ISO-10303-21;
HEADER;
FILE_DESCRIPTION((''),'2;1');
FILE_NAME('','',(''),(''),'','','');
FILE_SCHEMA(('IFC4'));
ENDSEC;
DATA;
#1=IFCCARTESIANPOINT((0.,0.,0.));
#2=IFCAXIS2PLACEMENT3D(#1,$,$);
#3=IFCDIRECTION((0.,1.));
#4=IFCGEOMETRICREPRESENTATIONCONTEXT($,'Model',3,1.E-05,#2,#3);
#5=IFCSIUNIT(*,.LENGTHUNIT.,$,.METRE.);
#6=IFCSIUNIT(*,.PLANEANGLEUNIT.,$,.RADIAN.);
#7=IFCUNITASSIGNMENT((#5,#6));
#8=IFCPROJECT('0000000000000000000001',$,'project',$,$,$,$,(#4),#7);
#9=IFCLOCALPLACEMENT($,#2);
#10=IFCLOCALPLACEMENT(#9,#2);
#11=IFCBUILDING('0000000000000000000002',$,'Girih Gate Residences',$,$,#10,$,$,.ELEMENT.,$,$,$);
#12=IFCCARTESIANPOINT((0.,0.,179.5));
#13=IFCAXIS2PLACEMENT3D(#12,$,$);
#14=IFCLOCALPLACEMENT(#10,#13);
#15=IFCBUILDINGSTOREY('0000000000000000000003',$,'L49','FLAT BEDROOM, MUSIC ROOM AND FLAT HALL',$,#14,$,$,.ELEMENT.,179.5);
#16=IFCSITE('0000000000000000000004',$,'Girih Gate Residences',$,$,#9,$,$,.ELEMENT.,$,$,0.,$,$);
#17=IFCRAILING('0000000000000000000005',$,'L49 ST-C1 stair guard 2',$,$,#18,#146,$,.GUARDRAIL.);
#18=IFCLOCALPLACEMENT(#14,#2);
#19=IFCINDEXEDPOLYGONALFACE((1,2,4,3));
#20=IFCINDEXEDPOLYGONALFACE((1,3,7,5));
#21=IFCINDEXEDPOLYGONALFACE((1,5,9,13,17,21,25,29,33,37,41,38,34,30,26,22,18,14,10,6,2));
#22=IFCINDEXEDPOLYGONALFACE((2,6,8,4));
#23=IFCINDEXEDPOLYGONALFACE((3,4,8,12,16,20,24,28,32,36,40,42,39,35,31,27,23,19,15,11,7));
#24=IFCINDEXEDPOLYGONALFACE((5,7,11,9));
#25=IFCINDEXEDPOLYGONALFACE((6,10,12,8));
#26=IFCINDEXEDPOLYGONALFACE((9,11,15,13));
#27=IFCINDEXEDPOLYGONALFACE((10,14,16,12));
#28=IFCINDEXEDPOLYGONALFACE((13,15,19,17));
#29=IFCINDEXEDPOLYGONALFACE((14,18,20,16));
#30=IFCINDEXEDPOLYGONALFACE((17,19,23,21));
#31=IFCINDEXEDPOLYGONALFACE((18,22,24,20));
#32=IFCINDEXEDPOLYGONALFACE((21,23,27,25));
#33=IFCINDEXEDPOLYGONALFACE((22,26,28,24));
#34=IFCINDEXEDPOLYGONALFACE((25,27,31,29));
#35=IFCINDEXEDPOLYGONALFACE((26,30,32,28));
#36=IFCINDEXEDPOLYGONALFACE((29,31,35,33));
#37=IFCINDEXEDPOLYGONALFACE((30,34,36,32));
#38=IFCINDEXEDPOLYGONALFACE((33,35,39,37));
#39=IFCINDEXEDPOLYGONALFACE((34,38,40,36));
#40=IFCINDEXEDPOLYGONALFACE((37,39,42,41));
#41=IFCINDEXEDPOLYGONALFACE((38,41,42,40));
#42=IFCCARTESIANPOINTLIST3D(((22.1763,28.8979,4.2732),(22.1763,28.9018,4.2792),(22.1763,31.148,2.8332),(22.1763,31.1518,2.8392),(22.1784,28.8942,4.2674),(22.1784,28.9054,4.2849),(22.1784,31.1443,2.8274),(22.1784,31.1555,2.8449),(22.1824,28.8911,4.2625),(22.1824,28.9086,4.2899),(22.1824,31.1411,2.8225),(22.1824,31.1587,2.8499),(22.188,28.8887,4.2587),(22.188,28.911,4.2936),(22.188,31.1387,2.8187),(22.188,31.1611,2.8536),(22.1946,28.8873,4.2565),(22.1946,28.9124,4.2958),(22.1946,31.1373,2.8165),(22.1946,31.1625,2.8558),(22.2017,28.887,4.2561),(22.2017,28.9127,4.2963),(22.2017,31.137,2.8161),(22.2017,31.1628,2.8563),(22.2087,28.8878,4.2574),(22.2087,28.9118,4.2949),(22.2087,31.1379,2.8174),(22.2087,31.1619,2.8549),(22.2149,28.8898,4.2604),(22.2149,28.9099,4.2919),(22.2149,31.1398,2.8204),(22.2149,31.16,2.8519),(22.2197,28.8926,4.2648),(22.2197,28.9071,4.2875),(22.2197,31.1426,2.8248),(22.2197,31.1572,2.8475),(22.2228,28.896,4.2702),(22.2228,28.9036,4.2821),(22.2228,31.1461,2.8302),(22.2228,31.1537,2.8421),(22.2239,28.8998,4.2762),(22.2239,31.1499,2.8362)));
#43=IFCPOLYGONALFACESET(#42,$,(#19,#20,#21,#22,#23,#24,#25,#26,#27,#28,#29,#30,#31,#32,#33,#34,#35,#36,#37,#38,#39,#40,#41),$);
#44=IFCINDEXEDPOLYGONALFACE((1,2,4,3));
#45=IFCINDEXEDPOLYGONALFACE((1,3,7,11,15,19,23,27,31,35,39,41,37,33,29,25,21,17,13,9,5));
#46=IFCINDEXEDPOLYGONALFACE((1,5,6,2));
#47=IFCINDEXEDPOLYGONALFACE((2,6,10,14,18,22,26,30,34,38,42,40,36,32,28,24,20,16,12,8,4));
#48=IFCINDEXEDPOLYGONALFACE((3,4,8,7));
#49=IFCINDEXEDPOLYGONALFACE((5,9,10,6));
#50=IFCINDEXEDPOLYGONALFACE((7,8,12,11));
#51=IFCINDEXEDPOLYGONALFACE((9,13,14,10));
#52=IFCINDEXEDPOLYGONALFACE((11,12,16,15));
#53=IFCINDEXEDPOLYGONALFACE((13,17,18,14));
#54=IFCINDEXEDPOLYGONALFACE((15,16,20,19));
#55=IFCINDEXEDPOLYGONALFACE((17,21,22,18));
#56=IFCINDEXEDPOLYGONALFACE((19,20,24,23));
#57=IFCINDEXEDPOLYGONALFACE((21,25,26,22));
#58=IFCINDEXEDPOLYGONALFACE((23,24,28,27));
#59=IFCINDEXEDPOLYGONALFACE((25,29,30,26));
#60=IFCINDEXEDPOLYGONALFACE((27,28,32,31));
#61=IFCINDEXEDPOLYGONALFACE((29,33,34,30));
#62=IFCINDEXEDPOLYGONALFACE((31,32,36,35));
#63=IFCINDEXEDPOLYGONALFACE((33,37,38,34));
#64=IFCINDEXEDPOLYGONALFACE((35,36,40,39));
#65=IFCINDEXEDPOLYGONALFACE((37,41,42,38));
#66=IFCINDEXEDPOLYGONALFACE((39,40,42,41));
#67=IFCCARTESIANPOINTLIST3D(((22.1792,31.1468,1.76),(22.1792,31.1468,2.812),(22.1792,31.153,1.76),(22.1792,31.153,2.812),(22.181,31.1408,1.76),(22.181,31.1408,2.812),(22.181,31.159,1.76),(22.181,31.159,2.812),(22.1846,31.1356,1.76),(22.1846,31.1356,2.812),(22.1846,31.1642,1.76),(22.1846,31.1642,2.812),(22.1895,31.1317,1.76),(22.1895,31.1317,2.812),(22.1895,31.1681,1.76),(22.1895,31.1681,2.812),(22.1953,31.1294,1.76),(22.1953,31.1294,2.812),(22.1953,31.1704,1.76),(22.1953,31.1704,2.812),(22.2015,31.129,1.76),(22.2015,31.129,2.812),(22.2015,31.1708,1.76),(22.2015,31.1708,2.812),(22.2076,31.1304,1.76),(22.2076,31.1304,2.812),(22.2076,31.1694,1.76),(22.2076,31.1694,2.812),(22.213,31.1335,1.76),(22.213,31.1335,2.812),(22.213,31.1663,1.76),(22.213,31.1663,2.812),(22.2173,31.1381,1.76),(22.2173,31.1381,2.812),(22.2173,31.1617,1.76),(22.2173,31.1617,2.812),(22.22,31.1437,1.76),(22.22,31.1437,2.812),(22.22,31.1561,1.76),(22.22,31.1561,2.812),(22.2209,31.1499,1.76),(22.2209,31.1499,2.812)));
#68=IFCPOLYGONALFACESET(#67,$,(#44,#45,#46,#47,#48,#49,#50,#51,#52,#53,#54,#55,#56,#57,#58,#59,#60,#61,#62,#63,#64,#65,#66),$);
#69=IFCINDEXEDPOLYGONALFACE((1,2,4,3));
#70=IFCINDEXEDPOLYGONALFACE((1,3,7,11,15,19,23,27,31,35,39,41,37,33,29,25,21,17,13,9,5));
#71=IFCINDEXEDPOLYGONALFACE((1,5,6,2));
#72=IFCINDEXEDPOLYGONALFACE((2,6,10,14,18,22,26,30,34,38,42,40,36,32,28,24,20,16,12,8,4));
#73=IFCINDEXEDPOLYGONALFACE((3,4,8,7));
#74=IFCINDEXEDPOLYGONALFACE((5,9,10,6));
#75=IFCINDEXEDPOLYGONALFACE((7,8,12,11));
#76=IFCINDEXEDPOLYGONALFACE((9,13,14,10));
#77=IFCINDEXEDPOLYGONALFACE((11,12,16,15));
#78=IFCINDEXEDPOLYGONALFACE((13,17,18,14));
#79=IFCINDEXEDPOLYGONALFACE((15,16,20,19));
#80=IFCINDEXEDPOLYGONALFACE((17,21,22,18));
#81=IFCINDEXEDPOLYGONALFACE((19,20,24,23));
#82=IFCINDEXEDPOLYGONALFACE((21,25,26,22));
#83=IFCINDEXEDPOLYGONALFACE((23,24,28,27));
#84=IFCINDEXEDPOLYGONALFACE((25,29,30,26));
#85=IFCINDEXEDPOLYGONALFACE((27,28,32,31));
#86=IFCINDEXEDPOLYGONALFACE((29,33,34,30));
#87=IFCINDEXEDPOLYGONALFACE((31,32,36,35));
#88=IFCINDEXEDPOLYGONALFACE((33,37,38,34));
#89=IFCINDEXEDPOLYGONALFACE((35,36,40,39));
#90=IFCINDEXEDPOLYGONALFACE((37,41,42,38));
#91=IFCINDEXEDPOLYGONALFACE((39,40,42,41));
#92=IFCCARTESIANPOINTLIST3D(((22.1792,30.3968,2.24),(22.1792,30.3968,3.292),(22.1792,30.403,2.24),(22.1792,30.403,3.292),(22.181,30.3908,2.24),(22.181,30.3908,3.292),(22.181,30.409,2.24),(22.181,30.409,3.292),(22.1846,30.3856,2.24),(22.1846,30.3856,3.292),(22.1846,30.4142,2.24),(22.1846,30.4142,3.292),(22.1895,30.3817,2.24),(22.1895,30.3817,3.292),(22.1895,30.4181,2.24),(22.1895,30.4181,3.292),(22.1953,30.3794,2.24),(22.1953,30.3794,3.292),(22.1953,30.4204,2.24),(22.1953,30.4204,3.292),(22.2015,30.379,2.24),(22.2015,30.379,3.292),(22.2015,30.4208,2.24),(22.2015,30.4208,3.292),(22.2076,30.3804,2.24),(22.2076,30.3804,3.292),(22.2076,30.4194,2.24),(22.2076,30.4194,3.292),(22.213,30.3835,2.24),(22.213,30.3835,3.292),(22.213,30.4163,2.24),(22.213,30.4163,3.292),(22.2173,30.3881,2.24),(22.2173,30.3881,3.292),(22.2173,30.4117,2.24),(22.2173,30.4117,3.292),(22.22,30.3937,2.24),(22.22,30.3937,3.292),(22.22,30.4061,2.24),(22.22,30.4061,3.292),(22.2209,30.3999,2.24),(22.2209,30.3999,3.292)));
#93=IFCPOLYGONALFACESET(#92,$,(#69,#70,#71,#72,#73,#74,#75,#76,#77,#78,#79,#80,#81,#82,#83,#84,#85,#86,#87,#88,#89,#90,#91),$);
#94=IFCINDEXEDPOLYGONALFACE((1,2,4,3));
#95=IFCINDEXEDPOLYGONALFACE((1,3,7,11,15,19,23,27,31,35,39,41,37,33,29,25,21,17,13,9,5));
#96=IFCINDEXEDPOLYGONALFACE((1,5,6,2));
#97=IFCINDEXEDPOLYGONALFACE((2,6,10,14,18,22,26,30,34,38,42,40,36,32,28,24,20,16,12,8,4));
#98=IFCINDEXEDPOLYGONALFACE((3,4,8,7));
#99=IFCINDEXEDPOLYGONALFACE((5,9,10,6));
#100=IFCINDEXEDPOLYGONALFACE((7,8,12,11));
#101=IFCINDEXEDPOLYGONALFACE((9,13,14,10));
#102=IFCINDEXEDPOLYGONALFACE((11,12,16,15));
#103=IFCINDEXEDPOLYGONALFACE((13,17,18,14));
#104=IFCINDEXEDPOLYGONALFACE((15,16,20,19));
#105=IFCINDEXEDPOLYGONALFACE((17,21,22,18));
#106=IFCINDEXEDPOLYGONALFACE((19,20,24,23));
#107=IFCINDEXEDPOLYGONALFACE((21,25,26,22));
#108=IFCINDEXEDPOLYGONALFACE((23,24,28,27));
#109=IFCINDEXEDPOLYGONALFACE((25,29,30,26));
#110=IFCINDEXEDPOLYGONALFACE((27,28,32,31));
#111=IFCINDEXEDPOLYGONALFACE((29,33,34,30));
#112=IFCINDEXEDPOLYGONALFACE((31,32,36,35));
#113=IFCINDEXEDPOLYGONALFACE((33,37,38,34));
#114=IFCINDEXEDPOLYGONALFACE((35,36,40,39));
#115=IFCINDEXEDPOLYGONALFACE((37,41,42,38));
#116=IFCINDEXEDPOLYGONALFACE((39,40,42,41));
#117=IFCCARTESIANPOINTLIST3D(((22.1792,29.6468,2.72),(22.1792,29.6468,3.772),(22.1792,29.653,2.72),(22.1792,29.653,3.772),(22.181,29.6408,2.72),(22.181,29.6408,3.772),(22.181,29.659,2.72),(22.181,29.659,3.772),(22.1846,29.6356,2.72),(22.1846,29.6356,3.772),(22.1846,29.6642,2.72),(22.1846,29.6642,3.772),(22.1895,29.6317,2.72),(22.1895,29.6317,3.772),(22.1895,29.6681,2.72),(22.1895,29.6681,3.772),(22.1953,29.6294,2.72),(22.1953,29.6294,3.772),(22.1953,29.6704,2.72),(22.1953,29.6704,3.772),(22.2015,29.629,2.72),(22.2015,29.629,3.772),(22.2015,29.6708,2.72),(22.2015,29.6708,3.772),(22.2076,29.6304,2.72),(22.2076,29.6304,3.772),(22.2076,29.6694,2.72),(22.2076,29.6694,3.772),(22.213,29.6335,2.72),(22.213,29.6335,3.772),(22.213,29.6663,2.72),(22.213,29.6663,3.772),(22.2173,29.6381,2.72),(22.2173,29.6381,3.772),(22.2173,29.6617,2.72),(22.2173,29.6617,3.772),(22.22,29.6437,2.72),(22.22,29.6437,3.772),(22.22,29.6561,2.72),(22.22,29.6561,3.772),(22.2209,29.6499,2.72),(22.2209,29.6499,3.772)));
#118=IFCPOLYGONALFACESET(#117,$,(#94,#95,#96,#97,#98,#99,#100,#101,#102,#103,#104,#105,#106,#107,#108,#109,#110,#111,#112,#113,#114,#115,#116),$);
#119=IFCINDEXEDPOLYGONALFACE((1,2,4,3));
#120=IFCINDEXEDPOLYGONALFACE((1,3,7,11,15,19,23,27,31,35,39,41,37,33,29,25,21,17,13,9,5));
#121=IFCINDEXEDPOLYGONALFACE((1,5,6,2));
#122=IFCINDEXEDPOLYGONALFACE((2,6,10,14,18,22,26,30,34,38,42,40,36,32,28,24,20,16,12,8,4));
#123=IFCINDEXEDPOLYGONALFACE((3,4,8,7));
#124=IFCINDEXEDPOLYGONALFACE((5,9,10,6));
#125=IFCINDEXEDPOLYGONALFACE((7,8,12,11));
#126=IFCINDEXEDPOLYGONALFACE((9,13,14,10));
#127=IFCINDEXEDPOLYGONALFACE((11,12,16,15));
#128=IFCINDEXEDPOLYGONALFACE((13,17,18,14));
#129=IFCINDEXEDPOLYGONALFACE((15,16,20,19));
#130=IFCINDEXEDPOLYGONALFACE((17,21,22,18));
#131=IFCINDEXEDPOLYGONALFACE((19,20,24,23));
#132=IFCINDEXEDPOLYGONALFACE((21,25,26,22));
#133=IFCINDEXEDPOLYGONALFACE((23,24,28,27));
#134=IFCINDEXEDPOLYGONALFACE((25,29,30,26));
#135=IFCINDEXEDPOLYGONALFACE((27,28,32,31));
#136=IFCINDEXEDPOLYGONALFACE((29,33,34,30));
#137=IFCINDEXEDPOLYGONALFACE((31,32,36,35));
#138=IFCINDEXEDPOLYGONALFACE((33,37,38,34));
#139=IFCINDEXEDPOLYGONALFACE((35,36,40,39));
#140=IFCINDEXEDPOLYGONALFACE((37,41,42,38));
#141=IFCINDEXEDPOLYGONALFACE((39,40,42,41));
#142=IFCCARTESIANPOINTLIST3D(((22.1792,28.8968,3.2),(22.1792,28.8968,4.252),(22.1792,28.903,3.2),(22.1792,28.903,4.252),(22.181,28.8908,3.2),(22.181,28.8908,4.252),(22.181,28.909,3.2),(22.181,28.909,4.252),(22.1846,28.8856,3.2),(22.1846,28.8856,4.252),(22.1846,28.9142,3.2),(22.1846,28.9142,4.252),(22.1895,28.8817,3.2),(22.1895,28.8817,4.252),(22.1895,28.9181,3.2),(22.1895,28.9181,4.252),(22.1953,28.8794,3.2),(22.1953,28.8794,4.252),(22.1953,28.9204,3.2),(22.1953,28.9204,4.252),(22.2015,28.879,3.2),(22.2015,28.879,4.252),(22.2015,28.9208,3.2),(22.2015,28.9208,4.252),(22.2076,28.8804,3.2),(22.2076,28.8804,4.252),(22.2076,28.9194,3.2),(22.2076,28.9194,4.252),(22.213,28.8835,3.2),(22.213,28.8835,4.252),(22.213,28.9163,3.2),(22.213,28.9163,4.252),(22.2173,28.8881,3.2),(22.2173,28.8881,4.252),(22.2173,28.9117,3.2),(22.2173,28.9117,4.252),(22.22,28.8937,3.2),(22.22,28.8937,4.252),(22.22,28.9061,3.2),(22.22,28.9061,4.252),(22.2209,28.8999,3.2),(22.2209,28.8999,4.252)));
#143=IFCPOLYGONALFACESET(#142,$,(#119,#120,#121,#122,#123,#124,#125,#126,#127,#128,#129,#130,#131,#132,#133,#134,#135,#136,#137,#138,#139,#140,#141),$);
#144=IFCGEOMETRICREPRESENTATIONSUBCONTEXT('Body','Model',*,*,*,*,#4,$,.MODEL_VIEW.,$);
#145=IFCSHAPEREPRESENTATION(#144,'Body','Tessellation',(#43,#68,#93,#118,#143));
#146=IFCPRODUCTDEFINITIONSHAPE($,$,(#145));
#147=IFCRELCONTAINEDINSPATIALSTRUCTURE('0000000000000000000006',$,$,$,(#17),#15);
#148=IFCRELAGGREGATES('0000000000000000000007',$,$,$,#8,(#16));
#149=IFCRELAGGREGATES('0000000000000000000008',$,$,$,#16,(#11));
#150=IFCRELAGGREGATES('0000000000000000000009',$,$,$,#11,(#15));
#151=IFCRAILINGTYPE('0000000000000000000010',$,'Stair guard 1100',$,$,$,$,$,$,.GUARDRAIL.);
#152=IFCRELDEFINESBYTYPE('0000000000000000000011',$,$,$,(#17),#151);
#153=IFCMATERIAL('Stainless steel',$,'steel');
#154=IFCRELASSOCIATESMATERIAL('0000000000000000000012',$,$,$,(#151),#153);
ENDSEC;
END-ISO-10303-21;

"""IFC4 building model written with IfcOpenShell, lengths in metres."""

from ifc_helpers import new_model, si_unit, direction, frame, origin, origin_2d, place, context, subcontext, project, spatial, circle, extrude, material, type_object, element, save


model = new_model("IFC4")

# Units and contexts
model_context = context("Model", 3, precision=1e-05, world=origin(), true_north=direction((0.0, 1.0)))
body_context = subcontext(model_context, "Body", "Model", "MODEL_VIEW")
ifc_project = project(units=[si_unit("LENGTHUNIT", "METRE"), si_unit("PLANEANGLEUNIT", "RADIAN")], contexts=[model_context])

# Site, building, storey
site_placement = place(None, origin())
site = spatial("IfcSite", under=ifc_project, at=site_placement, Name="Girih Gate Residences", CompositionType="ELEMENT", RefElevation=0.0)
building_placement = place(site_placement, origin())
building = spatial("IfcBuilding", under=site, at=building_placement, Name="Girih Gate Residences", CompositionType="ELEMENT")
storey_placement = place(building_placement, frame((0.0, 0.0, 179.5)))
storey = spatial("IfcBuildingStorey", under=building, at=storey_placement, Name="L49", Description="FLAT BEDROOM, MUSIC ROOM AND FLAT HALL", CompositionType="ELEMENT", Elevation=179.5)

# Railing
ifc_material_1 = material(Name="Stainless steel", Category="steel")
railing_type_1 = type_object("IfcRailingType", Name="Stair guard 1100", PredefinedType="GUARDRAIL", material=ifc_material_1)
railing_1_placement = place(storey_placement, frame((22.2, 31.1499, 1.76)))
element("IfcRailing", 1, at=railing_1_placement, inside=storey, type_object=railing_type_1, Name="L49 ST-C1 stair guard 2", PredefinedType="GUARDRAIL", context=body_context, shape_type="SweptSolid", body=[
    extrude(circle(Radius=0.0239, at=origin_2d()), frame((0.0, 0.0, 1.0762), z_axis=(0.0, -0.842281, 0.539038), x_axis=(1.0, 0.0, 0.0)), (0.0, 0.0, 1.0), 2.6714),
    extrude(circle(Radius=0.021, at=origin_2d()), origin(), (0.0, 0.0, 1.0), 1.052),
    extrude(circle(Radius=0.021, at=origin_2d()), frame((0.0, -0.75, 0.48)), (0.0, 0.0, 1.0), 1.052),
    extrude(circle(Radius=0.021, at=origin_2d()), frame((0.0, -1.5, 0.96)), (0.0, 0.0, 1.0), 1.052),
    extrude(circle(Radius=0.021, at=origin_2d()), frame((0.0, -2.25, 1.4399)), (0.0, 0.0, 1.0), 1.052),
])

save(model, "model.ifc")
